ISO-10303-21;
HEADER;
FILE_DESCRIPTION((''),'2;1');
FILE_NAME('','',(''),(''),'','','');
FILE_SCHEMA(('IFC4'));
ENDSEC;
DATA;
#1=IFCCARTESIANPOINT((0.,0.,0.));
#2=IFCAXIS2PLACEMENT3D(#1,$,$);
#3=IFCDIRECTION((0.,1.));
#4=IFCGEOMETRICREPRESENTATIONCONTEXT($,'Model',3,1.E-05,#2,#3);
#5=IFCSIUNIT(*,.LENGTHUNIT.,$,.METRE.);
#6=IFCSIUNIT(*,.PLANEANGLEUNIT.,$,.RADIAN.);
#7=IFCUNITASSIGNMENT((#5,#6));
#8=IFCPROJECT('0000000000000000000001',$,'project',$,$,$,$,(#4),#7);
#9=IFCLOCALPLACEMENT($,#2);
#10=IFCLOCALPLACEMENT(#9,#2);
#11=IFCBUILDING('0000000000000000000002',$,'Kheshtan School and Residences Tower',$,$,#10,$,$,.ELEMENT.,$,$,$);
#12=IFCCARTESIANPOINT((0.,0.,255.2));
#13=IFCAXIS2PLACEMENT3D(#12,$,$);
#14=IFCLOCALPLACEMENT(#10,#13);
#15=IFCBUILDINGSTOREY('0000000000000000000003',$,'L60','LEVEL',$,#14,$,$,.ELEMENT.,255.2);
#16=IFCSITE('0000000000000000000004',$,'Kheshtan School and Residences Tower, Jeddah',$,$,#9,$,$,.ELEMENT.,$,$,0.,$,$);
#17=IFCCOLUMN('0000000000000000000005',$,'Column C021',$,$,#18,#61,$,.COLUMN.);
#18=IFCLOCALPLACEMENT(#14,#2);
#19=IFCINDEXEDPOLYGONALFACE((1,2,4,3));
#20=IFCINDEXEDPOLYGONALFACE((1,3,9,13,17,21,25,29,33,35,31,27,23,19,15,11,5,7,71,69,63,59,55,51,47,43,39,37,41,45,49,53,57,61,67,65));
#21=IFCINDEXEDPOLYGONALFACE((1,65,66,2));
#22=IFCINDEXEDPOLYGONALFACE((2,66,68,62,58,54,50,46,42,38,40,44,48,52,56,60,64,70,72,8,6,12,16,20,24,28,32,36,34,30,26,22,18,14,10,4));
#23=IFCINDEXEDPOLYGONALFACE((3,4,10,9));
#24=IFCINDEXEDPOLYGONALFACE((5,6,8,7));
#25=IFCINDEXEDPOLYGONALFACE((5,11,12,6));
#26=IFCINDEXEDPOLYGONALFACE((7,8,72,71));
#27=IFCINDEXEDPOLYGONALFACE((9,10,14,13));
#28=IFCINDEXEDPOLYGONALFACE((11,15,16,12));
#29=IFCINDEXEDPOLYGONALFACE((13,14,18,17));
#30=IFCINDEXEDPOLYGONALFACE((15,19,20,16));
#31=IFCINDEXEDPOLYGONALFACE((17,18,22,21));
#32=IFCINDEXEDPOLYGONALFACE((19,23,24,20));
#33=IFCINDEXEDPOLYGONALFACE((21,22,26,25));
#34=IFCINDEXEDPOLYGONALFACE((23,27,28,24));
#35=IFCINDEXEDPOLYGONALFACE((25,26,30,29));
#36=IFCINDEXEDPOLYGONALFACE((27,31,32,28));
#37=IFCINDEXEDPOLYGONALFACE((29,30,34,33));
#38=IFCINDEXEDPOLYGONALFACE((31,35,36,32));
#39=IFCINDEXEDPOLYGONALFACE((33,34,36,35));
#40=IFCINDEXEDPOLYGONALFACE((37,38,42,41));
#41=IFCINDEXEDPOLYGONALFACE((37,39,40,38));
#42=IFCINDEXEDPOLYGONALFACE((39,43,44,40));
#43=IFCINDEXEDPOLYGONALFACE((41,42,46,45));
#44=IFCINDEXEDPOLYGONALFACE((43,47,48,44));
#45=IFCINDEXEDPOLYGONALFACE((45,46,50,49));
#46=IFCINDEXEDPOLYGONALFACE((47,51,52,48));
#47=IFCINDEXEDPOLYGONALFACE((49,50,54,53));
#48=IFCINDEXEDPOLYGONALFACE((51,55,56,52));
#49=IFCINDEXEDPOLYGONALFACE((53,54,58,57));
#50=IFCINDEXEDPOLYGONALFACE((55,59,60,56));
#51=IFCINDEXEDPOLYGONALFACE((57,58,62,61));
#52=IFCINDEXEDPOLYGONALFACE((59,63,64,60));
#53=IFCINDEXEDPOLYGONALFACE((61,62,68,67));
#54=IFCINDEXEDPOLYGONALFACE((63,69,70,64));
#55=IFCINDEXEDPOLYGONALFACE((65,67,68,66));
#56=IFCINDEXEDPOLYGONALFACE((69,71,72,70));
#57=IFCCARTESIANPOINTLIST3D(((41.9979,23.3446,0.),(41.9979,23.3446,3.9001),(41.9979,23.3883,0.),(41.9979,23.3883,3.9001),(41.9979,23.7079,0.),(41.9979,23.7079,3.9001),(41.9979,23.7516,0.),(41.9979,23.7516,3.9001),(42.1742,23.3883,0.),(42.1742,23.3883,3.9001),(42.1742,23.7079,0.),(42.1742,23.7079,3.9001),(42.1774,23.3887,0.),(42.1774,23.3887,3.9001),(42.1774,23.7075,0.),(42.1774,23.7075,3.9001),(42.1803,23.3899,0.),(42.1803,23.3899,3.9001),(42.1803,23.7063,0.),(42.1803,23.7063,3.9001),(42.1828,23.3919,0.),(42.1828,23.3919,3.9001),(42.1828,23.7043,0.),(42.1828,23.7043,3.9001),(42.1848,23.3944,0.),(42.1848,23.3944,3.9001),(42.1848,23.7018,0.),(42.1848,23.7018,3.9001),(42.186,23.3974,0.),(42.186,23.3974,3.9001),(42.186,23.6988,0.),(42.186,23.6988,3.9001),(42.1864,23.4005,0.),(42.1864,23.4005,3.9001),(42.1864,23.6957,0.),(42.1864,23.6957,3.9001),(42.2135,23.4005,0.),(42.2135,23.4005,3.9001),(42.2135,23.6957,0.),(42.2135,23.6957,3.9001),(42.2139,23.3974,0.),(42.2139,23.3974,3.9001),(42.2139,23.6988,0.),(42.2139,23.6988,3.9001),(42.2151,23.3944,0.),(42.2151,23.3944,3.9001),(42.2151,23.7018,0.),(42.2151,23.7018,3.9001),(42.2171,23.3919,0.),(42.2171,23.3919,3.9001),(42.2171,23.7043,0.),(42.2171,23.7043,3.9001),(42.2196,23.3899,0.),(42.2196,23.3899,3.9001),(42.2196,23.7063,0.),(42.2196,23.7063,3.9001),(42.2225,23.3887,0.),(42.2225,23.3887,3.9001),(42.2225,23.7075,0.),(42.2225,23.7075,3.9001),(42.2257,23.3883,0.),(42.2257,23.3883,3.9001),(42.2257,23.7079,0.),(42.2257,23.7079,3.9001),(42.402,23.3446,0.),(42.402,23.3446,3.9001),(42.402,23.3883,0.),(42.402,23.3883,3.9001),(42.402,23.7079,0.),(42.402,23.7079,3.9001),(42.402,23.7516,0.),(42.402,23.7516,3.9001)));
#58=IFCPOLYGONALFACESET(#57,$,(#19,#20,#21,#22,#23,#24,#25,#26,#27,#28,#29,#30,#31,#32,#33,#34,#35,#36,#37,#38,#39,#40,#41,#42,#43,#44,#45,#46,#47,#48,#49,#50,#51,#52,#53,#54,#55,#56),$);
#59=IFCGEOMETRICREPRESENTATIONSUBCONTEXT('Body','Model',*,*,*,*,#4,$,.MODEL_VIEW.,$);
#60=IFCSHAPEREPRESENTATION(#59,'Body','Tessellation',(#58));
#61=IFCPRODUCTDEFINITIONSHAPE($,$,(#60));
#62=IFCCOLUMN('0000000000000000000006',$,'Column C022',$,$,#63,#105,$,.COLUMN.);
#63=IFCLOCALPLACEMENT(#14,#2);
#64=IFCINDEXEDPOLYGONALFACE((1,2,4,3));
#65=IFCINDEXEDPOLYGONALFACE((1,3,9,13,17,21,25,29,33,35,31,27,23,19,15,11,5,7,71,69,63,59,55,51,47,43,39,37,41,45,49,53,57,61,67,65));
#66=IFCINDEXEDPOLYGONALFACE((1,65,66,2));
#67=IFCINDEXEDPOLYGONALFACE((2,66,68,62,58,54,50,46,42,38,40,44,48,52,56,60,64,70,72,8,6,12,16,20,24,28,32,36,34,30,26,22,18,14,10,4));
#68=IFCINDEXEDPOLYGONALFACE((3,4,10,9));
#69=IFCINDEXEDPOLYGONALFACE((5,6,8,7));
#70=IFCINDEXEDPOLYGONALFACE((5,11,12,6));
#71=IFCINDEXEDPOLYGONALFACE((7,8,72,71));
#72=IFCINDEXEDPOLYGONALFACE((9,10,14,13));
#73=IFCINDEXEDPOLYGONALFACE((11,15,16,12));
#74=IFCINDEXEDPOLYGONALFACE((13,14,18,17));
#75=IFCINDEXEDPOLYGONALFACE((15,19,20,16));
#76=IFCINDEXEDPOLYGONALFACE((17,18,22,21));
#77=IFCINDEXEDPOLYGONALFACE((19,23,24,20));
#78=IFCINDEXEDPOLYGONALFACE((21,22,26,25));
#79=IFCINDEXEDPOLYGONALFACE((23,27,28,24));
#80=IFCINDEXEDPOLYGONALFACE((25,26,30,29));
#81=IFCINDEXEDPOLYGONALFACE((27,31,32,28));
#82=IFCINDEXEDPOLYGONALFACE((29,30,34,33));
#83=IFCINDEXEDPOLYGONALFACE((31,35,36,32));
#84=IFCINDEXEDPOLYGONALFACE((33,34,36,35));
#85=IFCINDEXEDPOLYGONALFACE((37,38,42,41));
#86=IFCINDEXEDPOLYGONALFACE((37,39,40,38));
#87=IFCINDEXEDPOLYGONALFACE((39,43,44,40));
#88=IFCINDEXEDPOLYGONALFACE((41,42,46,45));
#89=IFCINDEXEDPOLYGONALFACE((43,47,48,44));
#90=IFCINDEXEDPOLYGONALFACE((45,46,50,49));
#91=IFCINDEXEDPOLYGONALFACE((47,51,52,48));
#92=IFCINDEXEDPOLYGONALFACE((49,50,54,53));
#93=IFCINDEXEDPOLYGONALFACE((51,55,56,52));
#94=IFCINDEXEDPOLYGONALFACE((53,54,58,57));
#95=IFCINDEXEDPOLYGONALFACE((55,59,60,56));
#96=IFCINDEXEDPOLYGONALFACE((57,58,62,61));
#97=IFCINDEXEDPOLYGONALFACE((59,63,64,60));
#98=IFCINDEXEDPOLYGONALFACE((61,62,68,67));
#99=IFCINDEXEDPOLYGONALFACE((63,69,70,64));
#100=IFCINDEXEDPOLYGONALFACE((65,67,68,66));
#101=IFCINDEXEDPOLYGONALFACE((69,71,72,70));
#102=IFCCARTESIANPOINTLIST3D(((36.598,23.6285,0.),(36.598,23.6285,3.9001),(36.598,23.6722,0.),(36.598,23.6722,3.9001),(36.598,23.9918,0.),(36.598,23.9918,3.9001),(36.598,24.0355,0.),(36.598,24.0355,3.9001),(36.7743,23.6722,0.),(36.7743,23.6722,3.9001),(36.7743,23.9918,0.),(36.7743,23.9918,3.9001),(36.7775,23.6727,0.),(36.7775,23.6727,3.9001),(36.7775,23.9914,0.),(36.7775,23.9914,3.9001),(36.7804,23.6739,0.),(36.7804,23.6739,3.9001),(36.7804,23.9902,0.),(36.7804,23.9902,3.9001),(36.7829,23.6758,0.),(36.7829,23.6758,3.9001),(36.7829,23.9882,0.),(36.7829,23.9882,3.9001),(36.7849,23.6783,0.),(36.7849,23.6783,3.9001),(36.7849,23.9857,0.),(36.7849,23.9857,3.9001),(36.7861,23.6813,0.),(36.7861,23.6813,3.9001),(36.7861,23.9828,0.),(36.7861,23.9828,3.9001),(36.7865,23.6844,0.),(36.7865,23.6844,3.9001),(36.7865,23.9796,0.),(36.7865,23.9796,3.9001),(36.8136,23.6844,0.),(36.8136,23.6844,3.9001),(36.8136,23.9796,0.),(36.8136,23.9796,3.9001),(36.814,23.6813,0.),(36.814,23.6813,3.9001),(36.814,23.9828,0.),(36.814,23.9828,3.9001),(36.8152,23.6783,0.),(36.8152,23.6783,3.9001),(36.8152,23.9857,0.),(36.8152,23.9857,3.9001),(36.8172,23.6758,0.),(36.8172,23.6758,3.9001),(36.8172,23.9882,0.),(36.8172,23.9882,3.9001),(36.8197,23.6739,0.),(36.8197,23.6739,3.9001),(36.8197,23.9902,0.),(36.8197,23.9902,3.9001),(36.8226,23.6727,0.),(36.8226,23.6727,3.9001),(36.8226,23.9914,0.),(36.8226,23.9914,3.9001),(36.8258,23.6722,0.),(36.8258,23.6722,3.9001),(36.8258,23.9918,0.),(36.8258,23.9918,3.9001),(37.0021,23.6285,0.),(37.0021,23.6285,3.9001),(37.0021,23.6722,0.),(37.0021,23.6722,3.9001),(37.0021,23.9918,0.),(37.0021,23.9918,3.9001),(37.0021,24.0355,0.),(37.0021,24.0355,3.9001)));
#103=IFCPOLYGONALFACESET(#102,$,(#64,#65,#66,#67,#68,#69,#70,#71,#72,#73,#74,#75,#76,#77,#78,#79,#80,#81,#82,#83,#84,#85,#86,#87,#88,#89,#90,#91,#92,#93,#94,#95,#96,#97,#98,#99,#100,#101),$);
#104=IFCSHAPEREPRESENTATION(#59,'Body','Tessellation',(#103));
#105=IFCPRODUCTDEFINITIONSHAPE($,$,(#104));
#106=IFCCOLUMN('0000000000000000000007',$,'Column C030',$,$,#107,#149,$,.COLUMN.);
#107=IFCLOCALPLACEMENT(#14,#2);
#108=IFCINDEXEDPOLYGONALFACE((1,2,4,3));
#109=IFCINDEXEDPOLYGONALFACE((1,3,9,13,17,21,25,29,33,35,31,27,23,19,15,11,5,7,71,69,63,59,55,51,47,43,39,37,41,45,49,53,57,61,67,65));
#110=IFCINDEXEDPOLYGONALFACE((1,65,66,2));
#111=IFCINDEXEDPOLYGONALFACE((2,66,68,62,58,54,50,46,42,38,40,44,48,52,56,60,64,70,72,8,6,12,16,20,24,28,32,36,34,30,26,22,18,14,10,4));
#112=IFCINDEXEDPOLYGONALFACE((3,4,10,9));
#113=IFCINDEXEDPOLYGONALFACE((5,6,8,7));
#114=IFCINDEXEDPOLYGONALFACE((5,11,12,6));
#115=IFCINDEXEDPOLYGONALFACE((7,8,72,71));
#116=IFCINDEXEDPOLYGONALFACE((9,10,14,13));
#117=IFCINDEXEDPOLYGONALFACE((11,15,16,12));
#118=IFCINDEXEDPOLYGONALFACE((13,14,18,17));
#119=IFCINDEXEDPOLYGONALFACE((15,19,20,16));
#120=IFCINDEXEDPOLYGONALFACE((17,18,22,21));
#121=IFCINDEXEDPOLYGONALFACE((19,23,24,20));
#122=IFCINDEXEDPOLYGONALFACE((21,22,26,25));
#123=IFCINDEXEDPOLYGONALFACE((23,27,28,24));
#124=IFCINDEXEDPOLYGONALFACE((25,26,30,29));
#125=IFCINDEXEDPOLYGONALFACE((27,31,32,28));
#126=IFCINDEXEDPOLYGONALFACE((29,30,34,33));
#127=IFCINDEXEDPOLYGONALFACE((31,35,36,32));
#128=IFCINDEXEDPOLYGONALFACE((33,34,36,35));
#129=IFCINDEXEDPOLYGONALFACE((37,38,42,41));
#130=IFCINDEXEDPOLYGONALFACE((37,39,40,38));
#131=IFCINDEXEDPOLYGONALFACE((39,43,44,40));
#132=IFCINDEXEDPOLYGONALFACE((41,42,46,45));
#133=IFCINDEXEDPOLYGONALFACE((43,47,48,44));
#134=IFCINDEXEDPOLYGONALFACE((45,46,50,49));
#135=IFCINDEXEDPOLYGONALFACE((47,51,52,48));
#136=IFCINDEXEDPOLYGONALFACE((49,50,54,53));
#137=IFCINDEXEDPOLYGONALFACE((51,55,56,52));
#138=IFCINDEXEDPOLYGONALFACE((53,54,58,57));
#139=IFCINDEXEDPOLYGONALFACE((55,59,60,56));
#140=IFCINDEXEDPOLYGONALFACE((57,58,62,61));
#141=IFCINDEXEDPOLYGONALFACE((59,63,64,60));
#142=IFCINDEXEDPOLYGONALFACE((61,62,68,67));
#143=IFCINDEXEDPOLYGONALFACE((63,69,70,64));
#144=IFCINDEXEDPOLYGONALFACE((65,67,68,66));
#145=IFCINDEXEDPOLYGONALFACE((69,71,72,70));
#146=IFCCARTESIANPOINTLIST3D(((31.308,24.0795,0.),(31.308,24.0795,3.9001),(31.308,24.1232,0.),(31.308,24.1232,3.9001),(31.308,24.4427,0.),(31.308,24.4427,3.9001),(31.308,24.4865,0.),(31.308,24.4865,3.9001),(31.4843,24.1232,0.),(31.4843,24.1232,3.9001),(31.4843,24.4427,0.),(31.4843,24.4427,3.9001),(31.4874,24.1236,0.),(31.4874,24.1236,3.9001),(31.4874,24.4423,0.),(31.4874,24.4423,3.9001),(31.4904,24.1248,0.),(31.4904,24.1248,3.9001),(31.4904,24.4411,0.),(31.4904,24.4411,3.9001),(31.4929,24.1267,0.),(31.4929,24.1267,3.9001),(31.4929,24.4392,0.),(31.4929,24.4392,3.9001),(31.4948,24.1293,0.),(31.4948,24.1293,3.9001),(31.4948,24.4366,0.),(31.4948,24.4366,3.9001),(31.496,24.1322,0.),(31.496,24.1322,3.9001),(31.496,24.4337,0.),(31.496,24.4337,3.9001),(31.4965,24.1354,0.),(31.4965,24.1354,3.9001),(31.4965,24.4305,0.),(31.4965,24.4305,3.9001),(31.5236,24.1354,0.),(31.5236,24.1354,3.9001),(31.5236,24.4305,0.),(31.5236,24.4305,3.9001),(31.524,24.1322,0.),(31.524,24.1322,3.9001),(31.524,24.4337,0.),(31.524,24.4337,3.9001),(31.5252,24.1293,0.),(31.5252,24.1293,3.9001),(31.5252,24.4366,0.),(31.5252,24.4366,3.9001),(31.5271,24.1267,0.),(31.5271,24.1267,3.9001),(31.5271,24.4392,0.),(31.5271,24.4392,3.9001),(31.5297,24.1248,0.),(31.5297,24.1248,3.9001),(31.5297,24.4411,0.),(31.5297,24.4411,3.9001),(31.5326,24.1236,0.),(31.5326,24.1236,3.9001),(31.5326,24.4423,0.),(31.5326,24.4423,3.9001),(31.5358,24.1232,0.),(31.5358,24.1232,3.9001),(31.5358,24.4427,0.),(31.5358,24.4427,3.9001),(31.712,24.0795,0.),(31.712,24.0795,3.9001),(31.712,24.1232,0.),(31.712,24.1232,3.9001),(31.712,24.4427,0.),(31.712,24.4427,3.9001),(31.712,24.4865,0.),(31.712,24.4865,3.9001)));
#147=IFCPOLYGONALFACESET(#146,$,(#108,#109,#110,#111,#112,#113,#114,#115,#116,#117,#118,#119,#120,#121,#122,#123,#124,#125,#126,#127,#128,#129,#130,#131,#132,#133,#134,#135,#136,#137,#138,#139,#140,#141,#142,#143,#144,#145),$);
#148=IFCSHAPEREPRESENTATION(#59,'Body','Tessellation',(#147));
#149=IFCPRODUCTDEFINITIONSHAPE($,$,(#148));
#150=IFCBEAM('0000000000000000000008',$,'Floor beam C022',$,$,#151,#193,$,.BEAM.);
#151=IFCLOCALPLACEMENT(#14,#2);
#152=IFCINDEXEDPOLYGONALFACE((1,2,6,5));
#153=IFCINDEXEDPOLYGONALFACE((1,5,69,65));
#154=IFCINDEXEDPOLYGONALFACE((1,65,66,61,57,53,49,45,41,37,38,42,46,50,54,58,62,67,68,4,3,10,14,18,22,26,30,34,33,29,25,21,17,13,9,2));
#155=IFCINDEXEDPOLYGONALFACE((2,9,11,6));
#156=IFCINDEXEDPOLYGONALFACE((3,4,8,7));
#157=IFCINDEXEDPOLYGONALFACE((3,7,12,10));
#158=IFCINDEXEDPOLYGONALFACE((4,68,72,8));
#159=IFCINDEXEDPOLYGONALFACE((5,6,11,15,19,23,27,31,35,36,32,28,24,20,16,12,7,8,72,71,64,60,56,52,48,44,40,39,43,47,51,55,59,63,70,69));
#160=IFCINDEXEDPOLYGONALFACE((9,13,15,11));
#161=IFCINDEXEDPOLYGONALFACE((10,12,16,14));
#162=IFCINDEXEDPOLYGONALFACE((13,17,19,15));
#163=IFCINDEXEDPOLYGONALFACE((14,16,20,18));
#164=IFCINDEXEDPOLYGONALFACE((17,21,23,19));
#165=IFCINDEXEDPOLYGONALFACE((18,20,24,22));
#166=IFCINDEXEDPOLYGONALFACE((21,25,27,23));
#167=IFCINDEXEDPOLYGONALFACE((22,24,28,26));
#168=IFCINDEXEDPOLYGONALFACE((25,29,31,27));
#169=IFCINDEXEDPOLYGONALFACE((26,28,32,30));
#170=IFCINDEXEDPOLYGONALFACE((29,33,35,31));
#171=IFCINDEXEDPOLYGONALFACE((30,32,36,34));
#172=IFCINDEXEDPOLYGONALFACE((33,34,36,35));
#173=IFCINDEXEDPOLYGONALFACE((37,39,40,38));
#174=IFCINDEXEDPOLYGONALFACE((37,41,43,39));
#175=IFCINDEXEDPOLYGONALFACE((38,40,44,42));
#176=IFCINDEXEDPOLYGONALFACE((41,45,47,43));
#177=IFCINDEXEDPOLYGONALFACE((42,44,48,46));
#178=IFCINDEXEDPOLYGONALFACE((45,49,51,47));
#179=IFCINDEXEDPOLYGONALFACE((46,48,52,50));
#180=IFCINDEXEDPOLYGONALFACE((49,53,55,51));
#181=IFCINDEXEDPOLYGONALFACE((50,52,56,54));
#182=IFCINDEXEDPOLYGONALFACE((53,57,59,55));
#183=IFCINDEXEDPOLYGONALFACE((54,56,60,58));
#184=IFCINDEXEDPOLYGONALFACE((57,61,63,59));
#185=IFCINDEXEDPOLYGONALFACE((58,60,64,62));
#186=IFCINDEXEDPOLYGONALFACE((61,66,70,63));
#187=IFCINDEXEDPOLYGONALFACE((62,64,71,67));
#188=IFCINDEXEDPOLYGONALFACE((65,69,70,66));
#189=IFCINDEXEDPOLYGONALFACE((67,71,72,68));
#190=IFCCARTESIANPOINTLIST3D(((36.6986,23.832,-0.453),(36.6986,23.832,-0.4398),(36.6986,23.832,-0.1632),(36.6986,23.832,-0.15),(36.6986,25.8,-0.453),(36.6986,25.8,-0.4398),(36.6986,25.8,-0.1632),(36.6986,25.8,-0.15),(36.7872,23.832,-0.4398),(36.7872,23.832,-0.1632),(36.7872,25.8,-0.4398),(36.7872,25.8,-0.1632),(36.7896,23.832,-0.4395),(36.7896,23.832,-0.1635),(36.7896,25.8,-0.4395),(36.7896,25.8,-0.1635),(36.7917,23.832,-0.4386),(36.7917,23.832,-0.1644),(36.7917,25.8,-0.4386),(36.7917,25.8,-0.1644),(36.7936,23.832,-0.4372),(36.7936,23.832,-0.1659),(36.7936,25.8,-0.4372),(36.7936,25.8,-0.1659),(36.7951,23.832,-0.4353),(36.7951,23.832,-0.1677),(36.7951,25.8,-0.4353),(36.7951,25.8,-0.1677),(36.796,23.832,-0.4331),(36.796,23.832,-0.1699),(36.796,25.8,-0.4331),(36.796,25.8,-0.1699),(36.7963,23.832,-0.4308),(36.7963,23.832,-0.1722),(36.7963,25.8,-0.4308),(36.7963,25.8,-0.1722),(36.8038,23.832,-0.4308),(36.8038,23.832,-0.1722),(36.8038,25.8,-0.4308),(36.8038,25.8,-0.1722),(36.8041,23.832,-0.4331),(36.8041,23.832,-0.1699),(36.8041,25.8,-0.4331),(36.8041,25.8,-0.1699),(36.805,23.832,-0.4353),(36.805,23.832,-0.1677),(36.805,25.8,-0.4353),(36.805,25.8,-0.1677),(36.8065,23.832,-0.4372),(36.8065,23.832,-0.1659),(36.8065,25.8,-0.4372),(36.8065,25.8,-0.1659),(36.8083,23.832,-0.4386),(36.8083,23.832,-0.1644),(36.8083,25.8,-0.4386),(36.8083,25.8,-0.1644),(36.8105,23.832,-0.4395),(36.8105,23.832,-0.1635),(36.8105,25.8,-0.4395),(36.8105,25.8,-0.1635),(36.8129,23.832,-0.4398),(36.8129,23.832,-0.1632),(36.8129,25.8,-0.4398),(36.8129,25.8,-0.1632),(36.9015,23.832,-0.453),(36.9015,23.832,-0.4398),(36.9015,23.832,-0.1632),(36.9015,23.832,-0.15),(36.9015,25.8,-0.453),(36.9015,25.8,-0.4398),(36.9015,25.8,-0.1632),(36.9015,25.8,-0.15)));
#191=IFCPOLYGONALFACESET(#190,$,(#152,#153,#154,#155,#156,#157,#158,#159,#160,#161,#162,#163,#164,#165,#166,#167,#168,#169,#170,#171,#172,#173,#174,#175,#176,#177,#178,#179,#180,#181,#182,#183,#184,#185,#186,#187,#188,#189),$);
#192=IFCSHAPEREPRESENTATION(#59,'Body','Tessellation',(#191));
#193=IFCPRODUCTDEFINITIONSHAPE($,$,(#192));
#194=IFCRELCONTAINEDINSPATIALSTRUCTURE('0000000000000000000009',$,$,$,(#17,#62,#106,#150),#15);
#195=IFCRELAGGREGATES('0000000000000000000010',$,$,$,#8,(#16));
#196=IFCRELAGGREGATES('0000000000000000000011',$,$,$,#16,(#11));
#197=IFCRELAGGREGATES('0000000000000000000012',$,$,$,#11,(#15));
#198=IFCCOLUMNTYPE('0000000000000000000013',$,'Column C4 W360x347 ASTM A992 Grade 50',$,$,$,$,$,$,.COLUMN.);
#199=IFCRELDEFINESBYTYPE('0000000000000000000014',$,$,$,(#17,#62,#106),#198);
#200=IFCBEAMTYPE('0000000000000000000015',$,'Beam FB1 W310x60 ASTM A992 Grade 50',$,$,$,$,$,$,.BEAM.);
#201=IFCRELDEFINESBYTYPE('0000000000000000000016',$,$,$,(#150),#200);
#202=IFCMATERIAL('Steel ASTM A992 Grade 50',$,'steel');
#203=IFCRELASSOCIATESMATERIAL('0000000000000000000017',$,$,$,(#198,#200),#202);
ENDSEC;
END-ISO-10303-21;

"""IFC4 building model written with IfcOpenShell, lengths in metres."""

from ifc_helpers import new_model, si_unit, direction, frame, origin, origin_2d, place, context, subcontext, project, spatial, i_section, extrude, material, material_profile, profile_set, type_object, element, save


model = new_model("IFC4")

# Units and contexts
model_context = context("Model", 3, precision=1e-05, world=origin(), true_north=direction((0.0, 1.0)))
body_context = subcontext(model_context, "Body", "Model", "MODEL_VIEW")
ifc_project = project(units=[si_unit("LENGTHUNIT", "METRE"), si_unit("PLANEANGLEUNIT", "RADIAN")], contexts=[model_context])

# Site, building, storey
site_placement = place(None, origin())
site = spatial("IfcSite", under=ifc_project, at=site_placement, Name="Kheshtan School and Residences Tower, Jeddah", CompositionType="ELEMENT", RefElevation=0.0)
building_placement = place(site_placement, origin())
building = spatial("IfcBuilding", under=site, at=building_placement, Name="Kheshtan School and Residences Tower", CompositionType="ELEMENT")
storey_placement = place(building_placement, frame((0.0, 0.0, 255.2)))
storey = spatial("IfcBuildingStorey", under=building, at=storey_placement, Name="L60", Description="LEVEL", CompositionType="ELEMENT", Elevation=255.2)

# Columns
ifc_material_1 = material(Name="Steel ASTM A992 Grade 50", Category="steel")
ifc_material_profile_1 = material_profile(ifc_material_1, i_section(OverallWidth=0.4041, OverallDepth=0.407, WebThickness=0.0271, FlangeThickness=0.0437, FilletRadius=0.0122, at=origin_2d()), Name="W360x347")
ifc_profile_set_1 = profile_set([ifc_material_profile_1], Name="Steel ASTM A992 Grade 50")
column_type = type_object("IfcColumnType", Name="Column C4 W360x347 ASTM A992 Grade 50", PredefinedType="COLUMN", material=ifc_profile_set_1)
for number, where, z_axis, x_axis, name in (
    (1, (42.2, 23.5481, 0.0), (0.0, 0.0, 1.0), (1.0, 0.0, 0.0), "Column C021"),
    (2, (36.8, 23.832, 0.0), (0.0, 0.0, 1.0), (1.0, 0.0, 0.0), "Column C022"),
    (3, (31.51, 24.283, 0.0), (0.0, 0.0, 1.0), (1.0, 0.0, 0.0), "Column C030"),
):
    element("IfcColumn", number, at=place(storey_placement, frame(where, z_axis=z_axis, x_axis=x_axis)), inside=storey, type_object=column_type, Name=name, PredefinedType="COLUMN", context=body_context, shape_type="SweptSolid", body=[
        extrude(i_section(OverallWidth=0.4041, OverallDepth=0.407, WebThickness=0.0271, FlangeThickness=0.0437, FilletRadius=0.0122, at=origin_2d()), origin(), (0.0, 0.0, 1.0), 3.9001),
    ])

# Beam
ifc_material_profile_2 = material_profile(ifc_material_1, i_section(OverallWidth=0.2029, OverallDepth=0.303, WebThickness=0.0076, FlangeThickness=0.0132, FilletRadius=0.009, at=origin_2d()), Name="W310x60")
ifc_profile_set_2 = profile_set([ifc_material_profile_2], Name="Steel ASTM A992 Grade 50")
beam_type_1 = type_object("IfcBeamType", Name="Beam FB1 W310x60 ASTM A992 Grade 50", PredefinedType="BEAM", material=ifc_profile_set_2)
beam_1_placement = place(storey_placement, frame((36.8, 23.832, -0.3015), z_axis=(0.0, 1.0, 0.0), x_axis=(-1.0, 0.0, 0.0)))
element("IfcBeam", 4, at=beam_1_placement, inside=storey, type_object=beam_type_1, Name="Floor beam C022", PredefinedType="BEAM", context=body_context, shape_type="SweptSolid", body=[
    extrude(i_section(OverallWidth=0.2029, OverallDepth=0.303, WebThickness=0.0076, FlangeThickness=0.0132, FilletRadius=0.009, at=origin_2d()), origin(), (0.0, 0.0, 1.0), 1.968),
])

save(model, "model.ifc")
